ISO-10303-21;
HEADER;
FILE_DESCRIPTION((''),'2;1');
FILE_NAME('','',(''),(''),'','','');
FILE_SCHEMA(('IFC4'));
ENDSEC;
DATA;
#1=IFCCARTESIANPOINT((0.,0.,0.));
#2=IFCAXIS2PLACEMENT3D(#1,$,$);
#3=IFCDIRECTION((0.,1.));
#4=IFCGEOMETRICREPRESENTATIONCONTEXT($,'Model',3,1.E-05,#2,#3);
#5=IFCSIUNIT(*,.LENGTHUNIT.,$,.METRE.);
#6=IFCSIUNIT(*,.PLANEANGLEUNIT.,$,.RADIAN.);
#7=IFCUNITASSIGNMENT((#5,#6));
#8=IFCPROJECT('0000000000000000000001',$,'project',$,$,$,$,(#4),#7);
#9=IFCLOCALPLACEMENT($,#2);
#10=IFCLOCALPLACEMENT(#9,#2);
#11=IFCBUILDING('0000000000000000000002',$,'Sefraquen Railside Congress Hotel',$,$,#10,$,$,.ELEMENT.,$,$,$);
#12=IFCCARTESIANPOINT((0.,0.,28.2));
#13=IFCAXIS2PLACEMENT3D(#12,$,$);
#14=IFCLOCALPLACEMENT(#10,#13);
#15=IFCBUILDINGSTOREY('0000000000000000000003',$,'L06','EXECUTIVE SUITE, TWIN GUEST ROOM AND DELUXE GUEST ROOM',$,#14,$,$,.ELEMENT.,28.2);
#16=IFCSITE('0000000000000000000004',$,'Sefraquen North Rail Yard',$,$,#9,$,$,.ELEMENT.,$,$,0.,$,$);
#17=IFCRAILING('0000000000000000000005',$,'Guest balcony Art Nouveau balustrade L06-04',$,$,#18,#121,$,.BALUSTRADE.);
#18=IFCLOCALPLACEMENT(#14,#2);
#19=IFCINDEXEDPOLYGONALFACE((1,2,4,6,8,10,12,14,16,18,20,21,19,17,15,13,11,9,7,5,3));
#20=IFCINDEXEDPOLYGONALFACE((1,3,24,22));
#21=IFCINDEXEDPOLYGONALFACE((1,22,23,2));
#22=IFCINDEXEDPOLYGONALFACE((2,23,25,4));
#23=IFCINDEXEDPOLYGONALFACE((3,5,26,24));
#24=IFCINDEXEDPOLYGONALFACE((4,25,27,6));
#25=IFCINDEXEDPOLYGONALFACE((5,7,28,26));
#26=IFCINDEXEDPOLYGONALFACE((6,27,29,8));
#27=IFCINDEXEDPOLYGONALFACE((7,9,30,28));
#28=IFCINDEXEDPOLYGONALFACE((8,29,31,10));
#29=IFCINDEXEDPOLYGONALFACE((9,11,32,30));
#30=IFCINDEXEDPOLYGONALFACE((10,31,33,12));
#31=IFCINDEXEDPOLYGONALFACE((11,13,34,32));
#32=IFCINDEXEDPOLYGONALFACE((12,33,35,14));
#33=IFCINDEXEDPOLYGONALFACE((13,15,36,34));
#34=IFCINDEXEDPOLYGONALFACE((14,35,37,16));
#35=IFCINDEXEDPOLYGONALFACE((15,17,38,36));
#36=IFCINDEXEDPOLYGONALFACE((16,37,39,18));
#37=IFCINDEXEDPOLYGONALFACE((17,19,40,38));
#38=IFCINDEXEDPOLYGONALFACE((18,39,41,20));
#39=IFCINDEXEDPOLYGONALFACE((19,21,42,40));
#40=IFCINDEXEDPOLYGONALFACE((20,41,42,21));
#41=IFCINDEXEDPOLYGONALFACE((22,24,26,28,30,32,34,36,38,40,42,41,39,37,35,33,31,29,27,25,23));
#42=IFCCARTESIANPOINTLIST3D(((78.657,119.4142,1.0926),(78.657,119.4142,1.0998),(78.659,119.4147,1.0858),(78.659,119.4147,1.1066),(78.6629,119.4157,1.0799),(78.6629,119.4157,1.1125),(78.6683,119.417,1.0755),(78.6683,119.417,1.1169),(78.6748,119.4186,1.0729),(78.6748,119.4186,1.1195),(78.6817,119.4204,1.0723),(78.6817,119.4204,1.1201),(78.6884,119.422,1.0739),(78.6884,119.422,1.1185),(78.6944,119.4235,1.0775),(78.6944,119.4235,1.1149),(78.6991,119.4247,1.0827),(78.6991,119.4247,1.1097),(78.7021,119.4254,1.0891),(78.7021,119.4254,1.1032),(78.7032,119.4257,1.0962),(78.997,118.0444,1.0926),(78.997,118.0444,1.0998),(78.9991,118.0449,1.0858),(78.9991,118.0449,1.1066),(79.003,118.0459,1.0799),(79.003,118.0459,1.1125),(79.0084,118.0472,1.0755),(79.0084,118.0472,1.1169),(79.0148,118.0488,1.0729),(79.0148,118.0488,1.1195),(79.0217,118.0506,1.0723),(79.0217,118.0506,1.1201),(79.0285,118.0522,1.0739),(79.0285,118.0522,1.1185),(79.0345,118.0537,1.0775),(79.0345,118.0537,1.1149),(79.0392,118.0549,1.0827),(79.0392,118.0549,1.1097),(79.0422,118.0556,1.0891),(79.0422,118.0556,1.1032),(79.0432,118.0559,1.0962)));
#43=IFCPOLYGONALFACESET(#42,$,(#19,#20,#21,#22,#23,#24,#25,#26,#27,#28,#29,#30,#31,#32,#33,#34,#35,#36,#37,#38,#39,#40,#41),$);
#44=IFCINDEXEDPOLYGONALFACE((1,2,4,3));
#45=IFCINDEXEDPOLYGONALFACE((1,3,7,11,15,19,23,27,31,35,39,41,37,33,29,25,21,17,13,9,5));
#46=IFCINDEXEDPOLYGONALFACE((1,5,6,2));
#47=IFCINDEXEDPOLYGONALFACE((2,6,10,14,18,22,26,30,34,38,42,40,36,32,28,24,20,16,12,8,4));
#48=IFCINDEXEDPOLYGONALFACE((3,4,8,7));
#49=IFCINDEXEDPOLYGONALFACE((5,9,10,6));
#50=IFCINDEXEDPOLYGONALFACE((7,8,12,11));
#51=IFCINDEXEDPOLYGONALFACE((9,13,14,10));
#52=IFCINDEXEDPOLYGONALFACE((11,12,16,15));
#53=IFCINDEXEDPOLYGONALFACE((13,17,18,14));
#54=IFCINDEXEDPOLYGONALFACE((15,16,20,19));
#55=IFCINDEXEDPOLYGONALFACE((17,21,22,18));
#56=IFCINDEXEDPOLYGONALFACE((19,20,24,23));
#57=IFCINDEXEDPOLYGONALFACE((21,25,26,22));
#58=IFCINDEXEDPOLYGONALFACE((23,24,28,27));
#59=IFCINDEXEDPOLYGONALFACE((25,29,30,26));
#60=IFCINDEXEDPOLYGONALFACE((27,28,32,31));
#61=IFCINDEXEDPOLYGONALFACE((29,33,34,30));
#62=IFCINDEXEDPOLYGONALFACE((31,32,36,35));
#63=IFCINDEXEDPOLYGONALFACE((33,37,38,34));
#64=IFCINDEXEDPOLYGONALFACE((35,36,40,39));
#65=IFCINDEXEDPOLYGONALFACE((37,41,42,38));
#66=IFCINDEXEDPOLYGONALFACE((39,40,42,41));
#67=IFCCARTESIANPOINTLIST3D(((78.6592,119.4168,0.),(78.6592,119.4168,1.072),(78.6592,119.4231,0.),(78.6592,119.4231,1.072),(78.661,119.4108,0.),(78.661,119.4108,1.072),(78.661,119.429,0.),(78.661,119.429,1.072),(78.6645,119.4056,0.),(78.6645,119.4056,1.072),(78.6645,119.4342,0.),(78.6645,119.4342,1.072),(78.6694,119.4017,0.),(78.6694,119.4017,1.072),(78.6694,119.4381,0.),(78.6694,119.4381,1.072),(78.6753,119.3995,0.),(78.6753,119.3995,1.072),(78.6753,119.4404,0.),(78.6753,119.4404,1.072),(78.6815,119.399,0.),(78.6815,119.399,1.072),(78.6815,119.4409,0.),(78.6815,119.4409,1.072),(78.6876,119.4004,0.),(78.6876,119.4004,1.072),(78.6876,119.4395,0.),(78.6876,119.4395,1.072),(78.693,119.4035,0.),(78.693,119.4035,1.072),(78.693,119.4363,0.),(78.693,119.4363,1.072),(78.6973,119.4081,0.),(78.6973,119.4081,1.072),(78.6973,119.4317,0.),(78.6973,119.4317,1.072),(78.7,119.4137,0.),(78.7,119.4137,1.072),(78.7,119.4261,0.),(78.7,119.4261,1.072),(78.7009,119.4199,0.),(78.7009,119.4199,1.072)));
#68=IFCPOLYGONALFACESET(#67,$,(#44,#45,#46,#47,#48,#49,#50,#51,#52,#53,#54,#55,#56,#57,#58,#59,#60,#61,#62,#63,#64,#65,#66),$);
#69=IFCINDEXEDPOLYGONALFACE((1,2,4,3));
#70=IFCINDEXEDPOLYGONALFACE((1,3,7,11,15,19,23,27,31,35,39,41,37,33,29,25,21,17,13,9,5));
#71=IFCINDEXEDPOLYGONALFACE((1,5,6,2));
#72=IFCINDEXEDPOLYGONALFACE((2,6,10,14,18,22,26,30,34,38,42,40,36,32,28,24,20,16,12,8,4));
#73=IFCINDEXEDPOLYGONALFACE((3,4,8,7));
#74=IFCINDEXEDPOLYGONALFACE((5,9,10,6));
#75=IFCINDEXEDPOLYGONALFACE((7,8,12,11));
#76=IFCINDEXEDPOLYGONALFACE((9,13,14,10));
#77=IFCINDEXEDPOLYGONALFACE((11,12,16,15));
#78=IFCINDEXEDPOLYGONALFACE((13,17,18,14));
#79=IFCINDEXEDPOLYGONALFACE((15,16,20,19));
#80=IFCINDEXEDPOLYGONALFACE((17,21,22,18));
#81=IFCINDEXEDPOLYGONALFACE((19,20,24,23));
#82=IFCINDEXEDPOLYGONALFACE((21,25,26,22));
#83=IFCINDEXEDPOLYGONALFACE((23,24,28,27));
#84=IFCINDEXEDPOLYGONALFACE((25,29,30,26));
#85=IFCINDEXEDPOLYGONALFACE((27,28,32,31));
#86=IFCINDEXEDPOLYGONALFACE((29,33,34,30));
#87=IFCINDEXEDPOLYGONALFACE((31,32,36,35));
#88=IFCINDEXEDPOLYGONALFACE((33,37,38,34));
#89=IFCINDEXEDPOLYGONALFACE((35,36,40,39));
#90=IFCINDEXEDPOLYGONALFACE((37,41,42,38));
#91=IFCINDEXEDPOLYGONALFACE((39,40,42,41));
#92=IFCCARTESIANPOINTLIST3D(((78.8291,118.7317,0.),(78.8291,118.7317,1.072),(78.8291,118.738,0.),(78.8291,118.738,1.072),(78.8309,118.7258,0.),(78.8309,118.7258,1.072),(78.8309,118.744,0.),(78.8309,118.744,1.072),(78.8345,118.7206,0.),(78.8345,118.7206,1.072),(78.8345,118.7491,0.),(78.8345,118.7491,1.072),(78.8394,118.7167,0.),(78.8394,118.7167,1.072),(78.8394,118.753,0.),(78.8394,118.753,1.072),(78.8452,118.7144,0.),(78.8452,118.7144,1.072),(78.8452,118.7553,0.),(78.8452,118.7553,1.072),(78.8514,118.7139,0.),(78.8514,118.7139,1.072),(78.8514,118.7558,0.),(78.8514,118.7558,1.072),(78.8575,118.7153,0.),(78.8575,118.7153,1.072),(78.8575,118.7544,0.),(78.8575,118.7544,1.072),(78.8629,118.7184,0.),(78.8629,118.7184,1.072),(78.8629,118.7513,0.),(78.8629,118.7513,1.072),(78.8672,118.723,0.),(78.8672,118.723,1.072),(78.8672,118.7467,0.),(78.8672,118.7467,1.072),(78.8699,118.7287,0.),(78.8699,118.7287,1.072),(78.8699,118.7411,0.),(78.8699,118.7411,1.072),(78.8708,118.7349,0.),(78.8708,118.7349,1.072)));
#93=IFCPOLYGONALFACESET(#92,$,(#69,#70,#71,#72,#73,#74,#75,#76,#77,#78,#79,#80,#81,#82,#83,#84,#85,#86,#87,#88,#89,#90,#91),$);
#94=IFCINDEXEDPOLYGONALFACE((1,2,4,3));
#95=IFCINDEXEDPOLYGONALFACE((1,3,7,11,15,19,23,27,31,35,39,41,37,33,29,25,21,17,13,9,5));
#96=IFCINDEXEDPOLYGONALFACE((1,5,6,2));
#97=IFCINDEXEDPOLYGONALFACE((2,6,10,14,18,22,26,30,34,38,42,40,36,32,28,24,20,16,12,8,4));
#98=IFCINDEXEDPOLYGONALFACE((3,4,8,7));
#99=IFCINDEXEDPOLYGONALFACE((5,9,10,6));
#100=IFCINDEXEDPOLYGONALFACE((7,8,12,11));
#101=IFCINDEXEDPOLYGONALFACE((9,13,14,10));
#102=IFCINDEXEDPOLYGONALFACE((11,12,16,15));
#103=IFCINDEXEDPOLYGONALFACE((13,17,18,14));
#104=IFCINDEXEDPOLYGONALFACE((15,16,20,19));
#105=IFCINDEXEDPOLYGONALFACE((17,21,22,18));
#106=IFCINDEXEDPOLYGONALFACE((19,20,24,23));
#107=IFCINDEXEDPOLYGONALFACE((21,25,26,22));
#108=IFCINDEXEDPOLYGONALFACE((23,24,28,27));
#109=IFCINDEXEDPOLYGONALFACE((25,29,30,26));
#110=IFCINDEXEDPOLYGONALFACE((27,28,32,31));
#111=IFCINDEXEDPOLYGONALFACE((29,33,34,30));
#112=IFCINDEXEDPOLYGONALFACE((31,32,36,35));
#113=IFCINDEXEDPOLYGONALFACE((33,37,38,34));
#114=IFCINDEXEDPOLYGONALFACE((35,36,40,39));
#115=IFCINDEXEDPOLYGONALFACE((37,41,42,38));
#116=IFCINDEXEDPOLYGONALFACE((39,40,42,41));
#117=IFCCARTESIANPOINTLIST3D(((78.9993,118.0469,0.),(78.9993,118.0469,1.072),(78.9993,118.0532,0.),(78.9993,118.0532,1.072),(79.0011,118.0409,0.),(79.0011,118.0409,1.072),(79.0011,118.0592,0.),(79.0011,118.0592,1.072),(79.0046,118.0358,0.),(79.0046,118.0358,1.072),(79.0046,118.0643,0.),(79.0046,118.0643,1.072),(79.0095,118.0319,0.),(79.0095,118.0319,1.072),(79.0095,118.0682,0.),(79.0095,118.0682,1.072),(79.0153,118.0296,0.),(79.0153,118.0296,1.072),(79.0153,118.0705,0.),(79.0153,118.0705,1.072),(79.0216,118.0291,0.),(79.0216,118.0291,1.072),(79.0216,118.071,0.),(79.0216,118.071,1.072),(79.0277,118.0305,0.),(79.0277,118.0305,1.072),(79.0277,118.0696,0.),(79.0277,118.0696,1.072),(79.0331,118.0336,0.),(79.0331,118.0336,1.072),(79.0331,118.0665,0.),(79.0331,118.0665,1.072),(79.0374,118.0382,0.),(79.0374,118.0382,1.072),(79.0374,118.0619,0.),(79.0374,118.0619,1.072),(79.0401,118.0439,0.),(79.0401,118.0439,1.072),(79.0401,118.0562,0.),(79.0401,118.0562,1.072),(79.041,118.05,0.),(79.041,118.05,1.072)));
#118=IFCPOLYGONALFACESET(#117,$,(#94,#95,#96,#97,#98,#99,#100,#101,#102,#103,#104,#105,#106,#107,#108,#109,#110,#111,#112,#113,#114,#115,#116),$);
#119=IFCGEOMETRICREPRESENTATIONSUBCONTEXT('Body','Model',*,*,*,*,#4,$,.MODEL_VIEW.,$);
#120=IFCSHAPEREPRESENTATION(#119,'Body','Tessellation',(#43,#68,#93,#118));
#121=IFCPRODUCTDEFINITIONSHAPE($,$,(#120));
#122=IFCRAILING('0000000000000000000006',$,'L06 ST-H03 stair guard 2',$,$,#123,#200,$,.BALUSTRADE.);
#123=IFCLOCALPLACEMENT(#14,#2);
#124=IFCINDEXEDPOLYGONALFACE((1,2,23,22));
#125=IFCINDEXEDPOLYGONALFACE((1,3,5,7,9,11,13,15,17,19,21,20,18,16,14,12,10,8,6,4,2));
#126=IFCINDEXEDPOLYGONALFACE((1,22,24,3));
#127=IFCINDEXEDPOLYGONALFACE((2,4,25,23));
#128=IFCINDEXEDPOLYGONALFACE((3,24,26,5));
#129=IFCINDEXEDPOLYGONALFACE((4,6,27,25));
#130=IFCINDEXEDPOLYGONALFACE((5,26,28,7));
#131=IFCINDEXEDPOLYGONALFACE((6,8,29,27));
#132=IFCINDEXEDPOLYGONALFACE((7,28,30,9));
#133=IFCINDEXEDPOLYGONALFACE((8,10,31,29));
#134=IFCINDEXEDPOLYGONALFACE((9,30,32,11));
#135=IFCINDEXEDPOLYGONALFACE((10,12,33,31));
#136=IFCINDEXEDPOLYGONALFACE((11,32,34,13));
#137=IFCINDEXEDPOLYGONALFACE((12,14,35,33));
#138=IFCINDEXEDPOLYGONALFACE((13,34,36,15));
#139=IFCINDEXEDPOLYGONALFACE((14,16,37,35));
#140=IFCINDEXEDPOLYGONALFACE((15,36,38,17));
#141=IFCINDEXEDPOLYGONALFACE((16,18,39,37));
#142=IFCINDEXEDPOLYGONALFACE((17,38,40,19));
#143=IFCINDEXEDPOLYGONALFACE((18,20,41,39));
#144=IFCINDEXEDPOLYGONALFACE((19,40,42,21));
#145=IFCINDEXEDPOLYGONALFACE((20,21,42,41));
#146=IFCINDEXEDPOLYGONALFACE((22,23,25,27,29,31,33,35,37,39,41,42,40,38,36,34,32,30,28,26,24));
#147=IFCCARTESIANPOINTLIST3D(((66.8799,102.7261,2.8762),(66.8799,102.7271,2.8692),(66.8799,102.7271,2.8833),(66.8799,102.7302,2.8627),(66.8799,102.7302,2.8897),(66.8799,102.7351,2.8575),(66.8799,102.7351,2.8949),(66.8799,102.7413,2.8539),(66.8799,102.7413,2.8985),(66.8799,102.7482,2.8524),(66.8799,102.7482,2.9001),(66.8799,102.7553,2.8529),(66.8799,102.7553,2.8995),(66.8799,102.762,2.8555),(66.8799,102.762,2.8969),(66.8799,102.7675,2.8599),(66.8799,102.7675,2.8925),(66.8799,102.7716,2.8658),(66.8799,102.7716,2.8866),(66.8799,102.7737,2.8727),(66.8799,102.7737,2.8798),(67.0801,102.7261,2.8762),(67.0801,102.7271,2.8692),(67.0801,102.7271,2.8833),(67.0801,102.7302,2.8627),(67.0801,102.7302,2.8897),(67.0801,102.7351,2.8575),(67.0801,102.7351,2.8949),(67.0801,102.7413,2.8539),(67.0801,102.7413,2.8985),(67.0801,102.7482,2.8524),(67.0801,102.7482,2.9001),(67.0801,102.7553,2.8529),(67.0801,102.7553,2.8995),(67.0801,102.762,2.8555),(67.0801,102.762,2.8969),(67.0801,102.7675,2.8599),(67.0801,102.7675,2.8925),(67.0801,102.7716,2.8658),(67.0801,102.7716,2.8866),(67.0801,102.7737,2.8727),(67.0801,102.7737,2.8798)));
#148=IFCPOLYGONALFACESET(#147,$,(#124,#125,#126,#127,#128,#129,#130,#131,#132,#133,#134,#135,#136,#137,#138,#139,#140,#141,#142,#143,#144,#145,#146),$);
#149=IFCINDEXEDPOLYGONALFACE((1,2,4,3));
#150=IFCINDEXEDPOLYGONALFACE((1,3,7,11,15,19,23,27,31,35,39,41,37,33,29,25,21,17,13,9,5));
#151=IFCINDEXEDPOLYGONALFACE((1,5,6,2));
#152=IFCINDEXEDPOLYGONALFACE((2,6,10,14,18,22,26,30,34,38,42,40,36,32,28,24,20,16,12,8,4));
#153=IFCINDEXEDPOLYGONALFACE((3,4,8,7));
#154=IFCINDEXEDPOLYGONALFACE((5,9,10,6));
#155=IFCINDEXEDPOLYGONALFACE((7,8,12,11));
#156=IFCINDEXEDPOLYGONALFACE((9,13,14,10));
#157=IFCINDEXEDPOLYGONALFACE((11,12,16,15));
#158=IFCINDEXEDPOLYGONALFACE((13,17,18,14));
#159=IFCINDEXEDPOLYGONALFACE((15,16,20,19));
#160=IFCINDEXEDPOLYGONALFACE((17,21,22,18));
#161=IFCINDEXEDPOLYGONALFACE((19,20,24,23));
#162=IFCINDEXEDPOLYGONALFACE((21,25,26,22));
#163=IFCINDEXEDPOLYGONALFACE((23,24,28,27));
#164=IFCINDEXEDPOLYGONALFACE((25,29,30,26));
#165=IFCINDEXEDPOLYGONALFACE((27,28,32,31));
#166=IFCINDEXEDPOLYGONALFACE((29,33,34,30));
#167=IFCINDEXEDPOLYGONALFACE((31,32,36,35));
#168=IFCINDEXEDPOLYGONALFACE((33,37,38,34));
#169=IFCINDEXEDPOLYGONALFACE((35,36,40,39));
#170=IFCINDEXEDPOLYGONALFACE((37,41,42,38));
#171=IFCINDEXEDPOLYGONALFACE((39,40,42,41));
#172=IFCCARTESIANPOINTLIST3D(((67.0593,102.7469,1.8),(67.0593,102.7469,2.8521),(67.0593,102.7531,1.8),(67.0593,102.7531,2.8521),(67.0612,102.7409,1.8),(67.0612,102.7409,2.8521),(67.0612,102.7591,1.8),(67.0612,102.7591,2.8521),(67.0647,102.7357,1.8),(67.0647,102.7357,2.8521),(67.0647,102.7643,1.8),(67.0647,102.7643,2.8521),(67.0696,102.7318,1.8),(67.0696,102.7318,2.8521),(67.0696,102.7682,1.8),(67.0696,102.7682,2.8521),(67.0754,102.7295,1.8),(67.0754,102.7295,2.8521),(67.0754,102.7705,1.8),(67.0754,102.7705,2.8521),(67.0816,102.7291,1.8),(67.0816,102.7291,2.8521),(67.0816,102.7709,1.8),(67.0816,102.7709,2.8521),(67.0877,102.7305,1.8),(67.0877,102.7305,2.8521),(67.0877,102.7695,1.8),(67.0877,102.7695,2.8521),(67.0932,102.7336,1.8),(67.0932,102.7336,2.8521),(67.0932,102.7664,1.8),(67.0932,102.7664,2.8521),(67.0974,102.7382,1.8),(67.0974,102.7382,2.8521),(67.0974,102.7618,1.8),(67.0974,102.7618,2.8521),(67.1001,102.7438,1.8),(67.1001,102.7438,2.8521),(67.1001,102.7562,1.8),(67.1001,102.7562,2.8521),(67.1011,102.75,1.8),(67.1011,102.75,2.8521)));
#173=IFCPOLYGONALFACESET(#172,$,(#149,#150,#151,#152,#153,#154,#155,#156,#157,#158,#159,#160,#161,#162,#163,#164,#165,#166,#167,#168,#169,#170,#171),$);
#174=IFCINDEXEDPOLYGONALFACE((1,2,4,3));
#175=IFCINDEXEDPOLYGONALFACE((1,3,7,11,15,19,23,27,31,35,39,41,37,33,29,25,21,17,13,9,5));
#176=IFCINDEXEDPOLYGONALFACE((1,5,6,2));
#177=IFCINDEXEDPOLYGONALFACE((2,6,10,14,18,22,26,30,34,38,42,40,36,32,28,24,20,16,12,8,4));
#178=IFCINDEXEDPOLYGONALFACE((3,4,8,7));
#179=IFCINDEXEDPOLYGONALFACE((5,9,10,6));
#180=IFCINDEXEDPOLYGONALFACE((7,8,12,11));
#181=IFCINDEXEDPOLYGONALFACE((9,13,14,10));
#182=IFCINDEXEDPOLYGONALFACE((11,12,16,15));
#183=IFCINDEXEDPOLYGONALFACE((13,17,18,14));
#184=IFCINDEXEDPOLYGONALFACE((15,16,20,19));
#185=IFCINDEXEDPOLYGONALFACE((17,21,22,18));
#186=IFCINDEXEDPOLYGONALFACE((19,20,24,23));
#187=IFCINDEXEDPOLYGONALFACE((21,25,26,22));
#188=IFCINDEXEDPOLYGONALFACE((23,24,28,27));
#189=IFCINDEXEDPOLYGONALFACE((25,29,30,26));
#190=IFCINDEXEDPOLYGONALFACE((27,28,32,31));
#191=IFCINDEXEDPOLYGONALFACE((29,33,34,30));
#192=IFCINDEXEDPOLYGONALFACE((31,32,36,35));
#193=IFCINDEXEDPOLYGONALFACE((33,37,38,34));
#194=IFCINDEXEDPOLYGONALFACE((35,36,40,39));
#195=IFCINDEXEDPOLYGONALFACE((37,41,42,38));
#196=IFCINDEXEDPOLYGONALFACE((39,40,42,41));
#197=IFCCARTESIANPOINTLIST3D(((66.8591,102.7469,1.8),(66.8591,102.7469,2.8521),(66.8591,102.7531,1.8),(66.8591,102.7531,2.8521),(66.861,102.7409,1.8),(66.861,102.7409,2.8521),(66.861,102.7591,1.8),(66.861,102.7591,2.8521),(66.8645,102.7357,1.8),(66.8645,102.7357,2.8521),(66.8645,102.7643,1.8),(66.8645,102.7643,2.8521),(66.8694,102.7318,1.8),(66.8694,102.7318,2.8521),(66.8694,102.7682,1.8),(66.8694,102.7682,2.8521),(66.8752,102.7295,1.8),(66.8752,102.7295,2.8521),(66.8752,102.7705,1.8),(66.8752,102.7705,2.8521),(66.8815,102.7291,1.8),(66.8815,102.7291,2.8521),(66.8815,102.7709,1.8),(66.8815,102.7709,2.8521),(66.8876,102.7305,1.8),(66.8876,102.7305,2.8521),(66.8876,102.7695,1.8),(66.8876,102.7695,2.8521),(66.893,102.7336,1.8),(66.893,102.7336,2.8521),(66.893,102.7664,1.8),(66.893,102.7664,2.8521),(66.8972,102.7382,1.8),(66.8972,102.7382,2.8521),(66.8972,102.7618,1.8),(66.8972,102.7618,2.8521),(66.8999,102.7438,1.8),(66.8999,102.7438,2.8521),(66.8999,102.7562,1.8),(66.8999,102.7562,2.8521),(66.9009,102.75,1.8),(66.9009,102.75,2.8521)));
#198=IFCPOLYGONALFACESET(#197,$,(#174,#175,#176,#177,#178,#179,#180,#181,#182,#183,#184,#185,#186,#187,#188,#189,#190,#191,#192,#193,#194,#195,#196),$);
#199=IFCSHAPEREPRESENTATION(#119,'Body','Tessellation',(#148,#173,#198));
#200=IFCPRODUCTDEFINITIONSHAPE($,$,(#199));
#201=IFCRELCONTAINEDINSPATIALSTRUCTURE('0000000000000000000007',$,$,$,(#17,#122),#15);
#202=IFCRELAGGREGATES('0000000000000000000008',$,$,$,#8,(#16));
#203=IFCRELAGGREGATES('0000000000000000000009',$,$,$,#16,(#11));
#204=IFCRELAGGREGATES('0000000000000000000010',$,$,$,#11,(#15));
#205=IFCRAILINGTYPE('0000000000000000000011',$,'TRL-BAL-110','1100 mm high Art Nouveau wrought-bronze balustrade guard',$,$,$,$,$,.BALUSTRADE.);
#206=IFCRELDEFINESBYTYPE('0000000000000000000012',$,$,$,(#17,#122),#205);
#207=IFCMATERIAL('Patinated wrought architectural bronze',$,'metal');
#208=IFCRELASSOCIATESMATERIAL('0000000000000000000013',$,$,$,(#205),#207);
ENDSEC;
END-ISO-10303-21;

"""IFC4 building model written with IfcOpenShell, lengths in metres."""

from ifc_helpers import new_model, si_unit, direction, frame, origin, origin_2d, place, context, subcontext, project, spatial, circle, extrude, material, type_object, element, save


model = new_model("IFC4")

# Units and contexts
model_context = context("Model", 3, precision=1e-05, world=origin(), true_north=direction((0.0, 1.0)))
body_context = subcontext(model_context, "Body", "Model", "MODEL_VIEW")
ifc_project = project(units=[si_unit("LENGTHUNIT", "METRE"), si_unit("PLANEANGLEUNIT", "RADIAN")], contexts=[model_context])

# Site, building, storey
site_placement = place(None, origin())
site = spatial("IfcSite", under=ifc_project, at=site_placement, Name="Sefraquen North Rail Yard", CompositionType="ELEMENT", RefElevation=0.0)
building_placement = place(site_placement, origin())
building = spatial("IfcBuilding", under=site, at=building_placement, Name="Sefraquen Railside Congress Hotel", CompositionType="ELEMENT")
storey_placement = place(building_placement, frame((0.0, 0.0, 28.2)))
storey = spatial("IfcBuildingStorey", under=building, at=storey_placement, Name="L06", Description="EXECUTIVE SUITE, TWIN GUEST ROOM AND DELUXE GUEST ROOM", CompositionType="ELEMENT", Elevation=28.2)

# Railings
ifc_material_1 = material(Name="Patinated wrought architectural bronze", Category="metal")
railing_type = type_object("IfcRailingType", Name="TRL-BAL-110", Description="1100 mm high Art Nouveau wrought-bronze balustrade guard", PredefinedType="BALUSTRADE", material=ifc_material_1)
railing_1_placement = place(storey_placement, frame((78.6799, 119.4199, 0.0)))
element("IfcRailing", 1, at=railing_1_placement, inside=storey, type_object=railing_type, Name="Guest balcony Art Nouveau balustrade L06-04", PredefinedType="BALUSTRADE", context=body_context, shape_type="SweptSolid", body=[
    extrude(circle(Radius=0.0239, at=origin_2d()), frame((0.0, 0.0, 1.0962), z_axis=(0.240948, -0.970538, 0.0), x_axis=(0.970538, 0.240948, 0.0)), (0.0, 0.0, 1.0), 1.4114),
    extrude(circle(Radius=0.021, at=origin_2d()), origin(), (0.0, 0.0, 1.0), 1.072),
    extrude(circle(Radius=0.021, at=origin_2d()), frame((0.1699, -0.6851, 0.0)), (0.0, 0.0, 1.0), 1.072),
    extrude(circle(Radius=0.021, at=origin_2d()), frame((0.3401, -1.3699, 0.0)), (0.0, 0.0, 1.0), 1.072),
])
railing_2_placement = place(storey_placement, frame((67.0801, 102.75, 1.8)))
element("IfcRailing", 2, at=railing_2_placement, inside=storey, type_object=railing_type, Name="L06 ST-H03 stair guard 2", PredefinedType="BALUSTRADE", context=body_context, shape_type="SweptSolid", body=[
    extrude(circle(Radius=0.0239, at=origin_2d()), frame((0.0, 0.0, 1.0762), z_axis=(-1.0, 0.0, 0.0), x_axis=(0.0, -1.0, 0.0)), (0.0, 0.0, 1.0), 0.2002),
    extrude(circle(Radius=0.021, at=origin_2d()), origin(), (0.0, 0.0, 1.0), 1.052),
    extrude(circle(Radius=0.021, at=origin_2d()), frame((-0.2002, 0.0, 0.0)), (0.0, 0.0, 1.0), 1.052),
])

save(model, "model.ifc")
